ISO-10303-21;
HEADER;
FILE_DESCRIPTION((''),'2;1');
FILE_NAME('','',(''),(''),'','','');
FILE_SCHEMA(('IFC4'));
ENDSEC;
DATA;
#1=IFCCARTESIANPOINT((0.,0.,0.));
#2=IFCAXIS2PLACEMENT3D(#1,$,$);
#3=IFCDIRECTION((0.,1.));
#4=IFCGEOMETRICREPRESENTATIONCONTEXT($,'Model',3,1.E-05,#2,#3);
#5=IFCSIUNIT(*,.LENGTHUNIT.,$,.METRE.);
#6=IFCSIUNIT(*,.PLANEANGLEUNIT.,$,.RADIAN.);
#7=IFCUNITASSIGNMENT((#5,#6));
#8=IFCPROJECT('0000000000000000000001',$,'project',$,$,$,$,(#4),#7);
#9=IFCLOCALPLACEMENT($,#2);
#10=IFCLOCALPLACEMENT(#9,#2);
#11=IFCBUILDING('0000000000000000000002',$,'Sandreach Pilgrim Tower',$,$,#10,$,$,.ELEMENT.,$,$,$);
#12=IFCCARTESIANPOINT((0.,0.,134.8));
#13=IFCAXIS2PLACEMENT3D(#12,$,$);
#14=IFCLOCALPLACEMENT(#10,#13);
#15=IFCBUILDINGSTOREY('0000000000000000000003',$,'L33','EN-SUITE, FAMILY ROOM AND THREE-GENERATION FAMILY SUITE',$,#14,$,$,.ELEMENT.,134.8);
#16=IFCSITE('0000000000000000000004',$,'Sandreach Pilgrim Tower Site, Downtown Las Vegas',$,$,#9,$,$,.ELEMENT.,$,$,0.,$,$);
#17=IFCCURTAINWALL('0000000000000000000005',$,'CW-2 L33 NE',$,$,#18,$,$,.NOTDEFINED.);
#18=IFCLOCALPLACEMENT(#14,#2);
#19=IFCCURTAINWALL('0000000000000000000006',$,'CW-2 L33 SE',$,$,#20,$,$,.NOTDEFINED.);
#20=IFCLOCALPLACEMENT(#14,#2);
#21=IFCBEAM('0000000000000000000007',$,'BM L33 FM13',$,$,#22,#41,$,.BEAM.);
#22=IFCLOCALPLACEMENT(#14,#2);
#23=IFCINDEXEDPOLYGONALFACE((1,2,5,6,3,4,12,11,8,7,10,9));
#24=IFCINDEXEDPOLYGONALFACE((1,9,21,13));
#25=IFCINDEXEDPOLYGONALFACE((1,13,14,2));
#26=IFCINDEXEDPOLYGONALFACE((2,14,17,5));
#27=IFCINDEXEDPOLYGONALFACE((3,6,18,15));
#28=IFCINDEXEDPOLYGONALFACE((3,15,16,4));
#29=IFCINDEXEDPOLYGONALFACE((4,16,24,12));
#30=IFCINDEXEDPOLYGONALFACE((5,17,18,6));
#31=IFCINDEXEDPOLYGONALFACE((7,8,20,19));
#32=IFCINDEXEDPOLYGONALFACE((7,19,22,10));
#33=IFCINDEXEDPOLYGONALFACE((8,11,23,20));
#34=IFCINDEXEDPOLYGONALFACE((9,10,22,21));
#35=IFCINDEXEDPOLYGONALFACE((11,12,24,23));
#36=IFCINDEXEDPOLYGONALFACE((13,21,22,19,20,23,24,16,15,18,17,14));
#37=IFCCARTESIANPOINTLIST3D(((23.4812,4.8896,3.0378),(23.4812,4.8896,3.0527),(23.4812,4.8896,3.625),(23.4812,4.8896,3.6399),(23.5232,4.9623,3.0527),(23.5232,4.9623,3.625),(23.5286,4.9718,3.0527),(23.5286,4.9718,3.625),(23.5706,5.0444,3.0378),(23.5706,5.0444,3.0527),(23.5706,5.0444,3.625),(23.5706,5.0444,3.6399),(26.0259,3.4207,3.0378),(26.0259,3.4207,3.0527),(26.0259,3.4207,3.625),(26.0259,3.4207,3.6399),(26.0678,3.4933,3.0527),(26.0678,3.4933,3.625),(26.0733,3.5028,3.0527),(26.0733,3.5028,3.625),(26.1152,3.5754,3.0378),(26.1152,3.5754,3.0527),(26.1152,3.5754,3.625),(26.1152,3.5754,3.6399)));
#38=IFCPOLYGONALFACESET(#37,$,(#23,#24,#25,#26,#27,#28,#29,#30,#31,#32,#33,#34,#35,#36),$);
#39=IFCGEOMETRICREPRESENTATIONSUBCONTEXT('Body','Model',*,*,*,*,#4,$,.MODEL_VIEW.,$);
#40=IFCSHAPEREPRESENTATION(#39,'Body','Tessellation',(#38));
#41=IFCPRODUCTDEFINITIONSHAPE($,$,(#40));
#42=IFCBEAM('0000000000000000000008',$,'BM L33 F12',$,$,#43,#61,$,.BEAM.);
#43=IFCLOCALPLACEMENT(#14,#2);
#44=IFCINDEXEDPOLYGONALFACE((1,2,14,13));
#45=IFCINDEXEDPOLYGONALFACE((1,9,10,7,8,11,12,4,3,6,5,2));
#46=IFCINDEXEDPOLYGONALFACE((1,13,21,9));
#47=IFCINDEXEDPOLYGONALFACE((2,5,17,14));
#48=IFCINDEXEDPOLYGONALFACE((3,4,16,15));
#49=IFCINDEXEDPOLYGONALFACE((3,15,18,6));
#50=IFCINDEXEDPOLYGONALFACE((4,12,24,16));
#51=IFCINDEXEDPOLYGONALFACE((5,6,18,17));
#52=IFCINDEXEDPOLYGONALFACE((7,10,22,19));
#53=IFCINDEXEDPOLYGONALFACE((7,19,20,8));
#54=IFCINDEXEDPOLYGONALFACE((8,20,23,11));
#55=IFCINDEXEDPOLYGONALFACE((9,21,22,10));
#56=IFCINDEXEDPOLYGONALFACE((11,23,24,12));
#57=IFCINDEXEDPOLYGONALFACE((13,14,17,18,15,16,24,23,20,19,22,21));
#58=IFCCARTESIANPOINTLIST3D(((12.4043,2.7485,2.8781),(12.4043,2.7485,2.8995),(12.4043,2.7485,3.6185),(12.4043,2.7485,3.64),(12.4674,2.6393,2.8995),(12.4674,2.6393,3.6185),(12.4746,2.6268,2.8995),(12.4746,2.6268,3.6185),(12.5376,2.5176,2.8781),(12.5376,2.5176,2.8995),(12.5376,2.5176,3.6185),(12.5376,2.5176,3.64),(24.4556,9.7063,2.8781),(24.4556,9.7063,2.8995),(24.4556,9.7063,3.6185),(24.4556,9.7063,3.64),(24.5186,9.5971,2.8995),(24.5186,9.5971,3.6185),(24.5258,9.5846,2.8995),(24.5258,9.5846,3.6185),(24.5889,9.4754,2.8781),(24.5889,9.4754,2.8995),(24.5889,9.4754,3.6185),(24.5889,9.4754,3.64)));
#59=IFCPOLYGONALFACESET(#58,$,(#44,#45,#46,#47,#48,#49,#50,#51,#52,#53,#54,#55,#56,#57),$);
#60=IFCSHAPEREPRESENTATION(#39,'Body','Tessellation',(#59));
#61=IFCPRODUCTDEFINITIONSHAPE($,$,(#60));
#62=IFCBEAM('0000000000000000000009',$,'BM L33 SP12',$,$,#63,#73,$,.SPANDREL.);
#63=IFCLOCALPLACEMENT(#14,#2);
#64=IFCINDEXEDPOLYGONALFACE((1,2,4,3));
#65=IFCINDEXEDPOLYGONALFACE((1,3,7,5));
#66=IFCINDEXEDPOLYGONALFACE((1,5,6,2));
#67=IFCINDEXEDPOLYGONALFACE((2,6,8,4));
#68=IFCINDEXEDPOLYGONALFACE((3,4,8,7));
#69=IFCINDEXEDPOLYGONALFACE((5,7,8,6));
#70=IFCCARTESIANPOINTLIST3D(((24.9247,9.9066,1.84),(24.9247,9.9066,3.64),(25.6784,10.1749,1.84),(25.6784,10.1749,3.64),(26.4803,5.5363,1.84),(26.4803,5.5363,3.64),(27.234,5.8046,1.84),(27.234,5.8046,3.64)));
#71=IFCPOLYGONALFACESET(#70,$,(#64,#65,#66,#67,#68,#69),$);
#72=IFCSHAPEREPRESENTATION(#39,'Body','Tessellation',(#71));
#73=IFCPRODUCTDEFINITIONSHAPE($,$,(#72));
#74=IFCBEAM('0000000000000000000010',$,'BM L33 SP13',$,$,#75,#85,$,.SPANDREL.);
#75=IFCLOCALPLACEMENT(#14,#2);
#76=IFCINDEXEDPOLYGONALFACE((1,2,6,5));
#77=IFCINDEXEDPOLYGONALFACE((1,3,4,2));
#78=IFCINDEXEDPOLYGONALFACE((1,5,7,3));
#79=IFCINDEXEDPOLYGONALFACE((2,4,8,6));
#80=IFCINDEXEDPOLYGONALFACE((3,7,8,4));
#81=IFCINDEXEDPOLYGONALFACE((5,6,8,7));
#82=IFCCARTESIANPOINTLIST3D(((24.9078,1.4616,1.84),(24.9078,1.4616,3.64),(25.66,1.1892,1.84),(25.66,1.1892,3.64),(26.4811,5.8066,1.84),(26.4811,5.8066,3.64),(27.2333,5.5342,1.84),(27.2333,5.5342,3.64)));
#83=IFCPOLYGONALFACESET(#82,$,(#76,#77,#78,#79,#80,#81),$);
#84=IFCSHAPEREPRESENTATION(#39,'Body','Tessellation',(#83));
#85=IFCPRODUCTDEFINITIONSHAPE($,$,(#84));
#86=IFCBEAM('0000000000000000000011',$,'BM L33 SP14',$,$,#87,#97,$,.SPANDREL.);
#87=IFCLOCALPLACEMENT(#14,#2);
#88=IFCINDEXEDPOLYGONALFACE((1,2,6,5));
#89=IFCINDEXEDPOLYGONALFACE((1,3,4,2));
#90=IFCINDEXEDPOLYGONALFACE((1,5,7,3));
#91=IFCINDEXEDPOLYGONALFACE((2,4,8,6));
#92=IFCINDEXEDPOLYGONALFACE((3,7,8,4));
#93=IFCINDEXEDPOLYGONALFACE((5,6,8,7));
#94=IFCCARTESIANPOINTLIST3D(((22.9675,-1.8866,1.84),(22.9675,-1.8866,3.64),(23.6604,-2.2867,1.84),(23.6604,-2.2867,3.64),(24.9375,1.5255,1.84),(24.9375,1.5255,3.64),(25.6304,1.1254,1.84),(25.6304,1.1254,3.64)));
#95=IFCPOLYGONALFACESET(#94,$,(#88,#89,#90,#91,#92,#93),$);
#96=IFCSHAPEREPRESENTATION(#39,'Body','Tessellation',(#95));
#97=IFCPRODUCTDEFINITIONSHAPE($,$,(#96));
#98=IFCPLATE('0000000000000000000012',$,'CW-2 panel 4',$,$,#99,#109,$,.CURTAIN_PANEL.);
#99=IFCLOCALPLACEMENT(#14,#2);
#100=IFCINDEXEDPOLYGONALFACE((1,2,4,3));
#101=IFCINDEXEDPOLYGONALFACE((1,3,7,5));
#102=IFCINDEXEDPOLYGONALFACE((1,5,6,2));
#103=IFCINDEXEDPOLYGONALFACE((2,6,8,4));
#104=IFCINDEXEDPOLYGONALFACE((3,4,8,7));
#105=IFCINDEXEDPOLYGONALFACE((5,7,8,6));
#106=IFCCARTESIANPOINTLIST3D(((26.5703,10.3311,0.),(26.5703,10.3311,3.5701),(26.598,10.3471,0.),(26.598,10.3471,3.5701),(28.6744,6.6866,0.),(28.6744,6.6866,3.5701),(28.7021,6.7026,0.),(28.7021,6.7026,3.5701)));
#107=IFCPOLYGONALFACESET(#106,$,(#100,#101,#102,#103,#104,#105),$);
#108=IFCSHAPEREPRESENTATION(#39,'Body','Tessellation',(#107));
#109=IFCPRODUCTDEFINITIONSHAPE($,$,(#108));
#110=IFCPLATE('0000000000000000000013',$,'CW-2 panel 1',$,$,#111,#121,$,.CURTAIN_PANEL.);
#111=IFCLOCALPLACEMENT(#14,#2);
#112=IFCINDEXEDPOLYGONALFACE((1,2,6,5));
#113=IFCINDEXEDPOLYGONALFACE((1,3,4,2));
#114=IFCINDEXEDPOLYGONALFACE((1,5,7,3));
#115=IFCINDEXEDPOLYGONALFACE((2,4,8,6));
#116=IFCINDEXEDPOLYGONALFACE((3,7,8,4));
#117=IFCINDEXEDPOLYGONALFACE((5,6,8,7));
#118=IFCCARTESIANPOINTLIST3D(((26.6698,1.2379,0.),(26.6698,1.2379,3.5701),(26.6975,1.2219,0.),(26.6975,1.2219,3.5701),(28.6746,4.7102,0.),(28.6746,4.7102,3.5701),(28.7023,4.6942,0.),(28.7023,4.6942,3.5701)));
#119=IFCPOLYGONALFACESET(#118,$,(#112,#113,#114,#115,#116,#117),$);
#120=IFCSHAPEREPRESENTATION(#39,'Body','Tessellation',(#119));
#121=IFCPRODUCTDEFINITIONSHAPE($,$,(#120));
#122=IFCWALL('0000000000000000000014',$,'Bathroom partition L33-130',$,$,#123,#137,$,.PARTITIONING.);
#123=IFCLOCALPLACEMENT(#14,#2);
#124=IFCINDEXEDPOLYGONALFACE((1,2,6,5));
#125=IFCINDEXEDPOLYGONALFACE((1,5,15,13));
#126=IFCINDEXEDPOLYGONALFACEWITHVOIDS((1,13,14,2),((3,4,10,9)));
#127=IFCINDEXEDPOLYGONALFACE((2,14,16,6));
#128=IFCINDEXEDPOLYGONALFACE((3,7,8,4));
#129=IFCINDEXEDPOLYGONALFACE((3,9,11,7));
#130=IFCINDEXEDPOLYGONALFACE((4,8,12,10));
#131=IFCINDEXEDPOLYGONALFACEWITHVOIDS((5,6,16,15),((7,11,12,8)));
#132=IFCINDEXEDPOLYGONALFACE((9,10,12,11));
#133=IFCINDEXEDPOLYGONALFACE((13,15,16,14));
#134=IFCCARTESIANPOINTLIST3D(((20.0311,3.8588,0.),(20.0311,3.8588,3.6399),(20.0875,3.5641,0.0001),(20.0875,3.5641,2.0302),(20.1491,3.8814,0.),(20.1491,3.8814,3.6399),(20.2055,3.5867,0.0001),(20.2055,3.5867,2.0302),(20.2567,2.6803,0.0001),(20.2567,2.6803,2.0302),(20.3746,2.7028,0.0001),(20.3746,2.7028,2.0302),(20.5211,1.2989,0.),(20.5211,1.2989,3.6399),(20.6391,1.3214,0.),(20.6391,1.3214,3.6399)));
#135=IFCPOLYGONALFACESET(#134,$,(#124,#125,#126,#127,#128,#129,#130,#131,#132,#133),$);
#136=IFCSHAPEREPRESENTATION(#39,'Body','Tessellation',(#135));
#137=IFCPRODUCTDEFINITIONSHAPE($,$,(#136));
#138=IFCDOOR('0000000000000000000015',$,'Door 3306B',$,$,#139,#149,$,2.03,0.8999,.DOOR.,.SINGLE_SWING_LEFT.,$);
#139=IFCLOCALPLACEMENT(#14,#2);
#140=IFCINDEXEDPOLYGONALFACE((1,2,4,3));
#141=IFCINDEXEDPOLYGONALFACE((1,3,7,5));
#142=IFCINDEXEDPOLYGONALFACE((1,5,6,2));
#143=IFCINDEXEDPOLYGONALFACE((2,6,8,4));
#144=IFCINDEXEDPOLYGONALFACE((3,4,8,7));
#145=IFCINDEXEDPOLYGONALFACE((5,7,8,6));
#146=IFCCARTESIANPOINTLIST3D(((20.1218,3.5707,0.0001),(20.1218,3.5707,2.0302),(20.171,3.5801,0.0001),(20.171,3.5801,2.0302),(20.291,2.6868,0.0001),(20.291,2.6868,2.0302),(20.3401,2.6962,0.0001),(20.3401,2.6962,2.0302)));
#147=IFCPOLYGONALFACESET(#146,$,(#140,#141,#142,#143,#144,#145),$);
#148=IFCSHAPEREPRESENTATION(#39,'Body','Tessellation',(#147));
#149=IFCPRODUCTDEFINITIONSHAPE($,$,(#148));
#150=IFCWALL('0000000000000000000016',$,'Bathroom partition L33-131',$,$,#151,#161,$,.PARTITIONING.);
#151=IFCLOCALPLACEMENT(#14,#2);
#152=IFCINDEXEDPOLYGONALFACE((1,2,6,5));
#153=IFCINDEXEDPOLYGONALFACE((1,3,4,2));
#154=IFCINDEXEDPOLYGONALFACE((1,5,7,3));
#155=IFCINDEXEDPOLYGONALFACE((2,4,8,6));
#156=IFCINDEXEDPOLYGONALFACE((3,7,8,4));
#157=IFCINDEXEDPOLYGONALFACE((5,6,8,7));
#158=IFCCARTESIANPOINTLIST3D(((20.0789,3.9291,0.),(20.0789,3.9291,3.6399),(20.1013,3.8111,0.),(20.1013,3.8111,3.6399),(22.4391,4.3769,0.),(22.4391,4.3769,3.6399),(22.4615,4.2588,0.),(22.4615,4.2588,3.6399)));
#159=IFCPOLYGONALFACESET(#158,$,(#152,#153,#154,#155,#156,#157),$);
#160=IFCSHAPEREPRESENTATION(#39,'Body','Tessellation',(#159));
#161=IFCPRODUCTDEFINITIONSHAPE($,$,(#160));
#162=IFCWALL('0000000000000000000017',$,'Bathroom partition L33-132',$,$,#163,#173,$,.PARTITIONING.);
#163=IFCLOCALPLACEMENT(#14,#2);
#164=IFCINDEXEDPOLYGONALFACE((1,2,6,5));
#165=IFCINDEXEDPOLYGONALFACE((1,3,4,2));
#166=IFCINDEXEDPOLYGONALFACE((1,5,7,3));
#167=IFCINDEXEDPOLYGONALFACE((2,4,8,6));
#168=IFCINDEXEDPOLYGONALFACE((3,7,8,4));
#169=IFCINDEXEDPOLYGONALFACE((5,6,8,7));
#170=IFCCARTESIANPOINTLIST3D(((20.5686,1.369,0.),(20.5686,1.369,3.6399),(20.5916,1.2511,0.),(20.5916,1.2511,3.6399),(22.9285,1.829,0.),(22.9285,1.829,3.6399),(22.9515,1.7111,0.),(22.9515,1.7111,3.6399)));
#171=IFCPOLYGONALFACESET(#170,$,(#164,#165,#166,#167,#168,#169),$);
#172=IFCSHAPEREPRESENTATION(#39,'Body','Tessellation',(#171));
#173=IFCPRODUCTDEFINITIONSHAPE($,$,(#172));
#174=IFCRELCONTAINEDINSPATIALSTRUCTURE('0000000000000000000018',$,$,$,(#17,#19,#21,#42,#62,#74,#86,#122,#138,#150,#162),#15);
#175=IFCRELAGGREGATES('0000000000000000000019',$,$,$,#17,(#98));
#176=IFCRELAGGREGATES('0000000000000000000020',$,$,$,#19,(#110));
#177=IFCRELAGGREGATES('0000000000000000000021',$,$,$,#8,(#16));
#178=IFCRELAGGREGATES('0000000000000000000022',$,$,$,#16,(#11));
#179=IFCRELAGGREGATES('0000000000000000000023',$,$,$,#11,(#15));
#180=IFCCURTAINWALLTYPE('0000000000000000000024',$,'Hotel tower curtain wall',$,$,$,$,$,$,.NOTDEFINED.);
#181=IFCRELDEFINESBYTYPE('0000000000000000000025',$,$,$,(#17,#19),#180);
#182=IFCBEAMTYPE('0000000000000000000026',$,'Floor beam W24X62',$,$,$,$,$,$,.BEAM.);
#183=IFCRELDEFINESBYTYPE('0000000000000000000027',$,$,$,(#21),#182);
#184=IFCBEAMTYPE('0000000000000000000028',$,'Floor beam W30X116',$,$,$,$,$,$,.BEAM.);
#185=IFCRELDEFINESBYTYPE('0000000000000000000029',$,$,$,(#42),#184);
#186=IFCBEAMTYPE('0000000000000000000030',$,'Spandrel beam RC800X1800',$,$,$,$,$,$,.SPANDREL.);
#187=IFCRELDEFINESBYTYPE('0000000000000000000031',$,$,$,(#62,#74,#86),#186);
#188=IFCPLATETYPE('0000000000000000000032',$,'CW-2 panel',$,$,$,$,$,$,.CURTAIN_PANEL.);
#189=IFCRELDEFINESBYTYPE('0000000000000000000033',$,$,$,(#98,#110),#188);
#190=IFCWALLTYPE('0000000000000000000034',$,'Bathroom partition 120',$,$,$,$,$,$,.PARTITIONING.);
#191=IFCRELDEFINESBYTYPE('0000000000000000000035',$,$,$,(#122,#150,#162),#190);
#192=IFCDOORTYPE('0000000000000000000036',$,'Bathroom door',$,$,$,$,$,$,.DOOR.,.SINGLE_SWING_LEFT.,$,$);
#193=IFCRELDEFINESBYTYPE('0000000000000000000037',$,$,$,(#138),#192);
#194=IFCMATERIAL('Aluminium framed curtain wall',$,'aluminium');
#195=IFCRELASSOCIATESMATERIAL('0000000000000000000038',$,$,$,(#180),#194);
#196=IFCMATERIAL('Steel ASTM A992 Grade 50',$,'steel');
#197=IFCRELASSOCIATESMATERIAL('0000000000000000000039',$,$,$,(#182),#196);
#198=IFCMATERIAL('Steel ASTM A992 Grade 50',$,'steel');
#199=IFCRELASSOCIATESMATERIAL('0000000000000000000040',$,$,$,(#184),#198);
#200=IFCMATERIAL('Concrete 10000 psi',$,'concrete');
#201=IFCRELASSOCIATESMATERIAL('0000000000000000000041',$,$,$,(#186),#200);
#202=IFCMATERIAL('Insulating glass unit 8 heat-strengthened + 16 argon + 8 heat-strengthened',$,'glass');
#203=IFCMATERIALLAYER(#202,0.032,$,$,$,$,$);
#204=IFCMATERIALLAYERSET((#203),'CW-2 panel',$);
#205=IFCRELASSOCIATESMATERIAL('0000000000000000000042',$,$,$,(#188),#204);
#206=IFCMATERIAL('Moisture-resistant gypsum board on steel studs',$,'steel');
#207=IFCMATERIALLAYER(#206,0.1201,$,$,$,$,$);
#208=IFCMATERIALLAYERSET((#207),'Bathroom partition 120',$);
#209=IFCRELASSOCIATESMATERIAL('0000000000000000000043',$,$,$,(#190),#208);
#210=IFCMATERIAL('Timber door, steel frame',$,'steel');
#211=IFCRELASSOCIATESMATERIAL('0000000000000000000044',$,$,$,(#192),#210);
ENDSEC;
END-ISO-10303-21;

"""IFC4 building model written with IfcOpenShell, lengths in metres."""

from ifc_helpers import new_model, si_unit, direction, frame, frame_2d, origin, origin_2d, place, context, subcontext, project, spatial, rectangle, i_section, extrude, material, layer, layer_set, material_profile, profile_set, type_object, element, fill, aggregate, save


model = new_model("IFC4")

# Units and contexts
model_context = context("Model", 3, precision=1e-05, world=origin(), true_north=direction((0.0, 1.0)))
body_context = subcontext(model_context, "Body", "Model", "MODEL_VIEW")
ifc_project = project(units=[si_unit("LENGTHUNIT", "METRE"), si_unit("PLANEANGLEUNIT", "RADIAN")], contexts=[model_context])

# Site, building, storey
site_placement = place(None, origin())
site = spatial("IfcSite", under=ifc_project, at=site_placement, Name="Sandreach Pilgrim Tower Site, Downtown Las Vegas", CompositionType="ELEMENT", RefElevation=0.0)
building_placement = place(site_placement, origin())
building = spatial("IfcBuilding", under=site, at=building_placement, Name="Sandreach Pilgrim Tower", CompositionType="ELEMENT")
storey_placement = place(building_placement, frame((0.0, 0.0, 134.8)))
storey = spatial("IfcBuildingStorey", under=building, at=storey_placement, Name="L33", Description="EN-SUITE, FAMILY ROOM AND THREE-GENERATION FAMILY SUITE", CompositionType="ELEMENT", Elevation=134.8)

# Curtain wall
ifc_material_1 = material(Name="Aluminium framed curtain wall", Category="aluminium")
curtain_wall_type = type_object("IfcCurtainWallType", Name="Hotel tower curtain wall", PredefinedType="NOTDEFINED", material=ifc_material_1)
curtain_wall_1_placement = place(storey_placement, origin())
curtain_wall_1 = element("IfcCurtainWall", 1, at=curtain_wall_1_placement, inside=storey, type_object=curtain_wall_type, Name="CW-2 L33 NE", PredefinedType="NOTDEFINED")

# Curtain wall
curtain_wall_2_placement = place(storey_placement, origin())
curtain_wall_2 = element("IfcCurtainWall", 2, at=curtain_wall_2_placement, inside=storey, type_object=curtain_wall_type, Name="CW-2 L33 SE", PredefinedType="NOTDEFINED")

# Beams
ifc_material_2 = material(Name="Steel ASTM A992 Grade 50", Category="steel")
ifc_material_profile_1 = material_profile(ifc_material_2, i_section(OverallWidth=0.1787, OverallDepth=0.6021, WebThickness=0.011, FlangeThickness=0.0149, at=origin_2d()), Name="W24X62")
ifc_profile_set_1 = profile_set([ifc_material_profile_1], Name="Steel ASTM A992 Grade 50")
beam_type_1 = type_object("IfcBeamType", Name="Floor beam W24X62", PredefinedType="BEAM", material=ifc_profile_set_1)
beam_1_placement = place(storey_placement, frame((26.0706, 3.498, 3.3389), z_axis=(-0.866051, 0.499955, 0.0), x_axis=(-0.499955, -0.866051, 0.0)))
element("IfcBeam", 3, at=beam_1_placement, inside=storey, type_object=beam_type_1, Name="BM L33 FM13", PredefinedType="BEAM", context=body_context, shape_type="SweptSolid", body=[
    extrude(i_section(OverallWidth=0.1787, OverallDepth=0.6021, WebThickness=0.011, FlangeThickness=0.0149, at=origin_2d()), origin(), (0.0, 0.0, 1.0), 2.9382),
])
ifc_material_3 = material(Name="Steel ASTM A992 Grade 50", Category="steel")
ifc_material_profile_2 = material_profile(ifc_material_3, i_section(OverallWidth=0.2666, OverallDepth=0.762, WebThickness=0.0144, FlangeThickness=0.0215, at=origin_2d()), Name="W30X116")
ifc_profile_set_2 = profile_set([ifc_material_profile_2], Name="Steel ASTM A992 Grade 50")
beam_type_2 = type_object("IfcBeamType", Name="Floor beam W30X116", PredefinedType="BEAM", material=ifc_profile_set_2)
beam_2_placement = place(storey_placement, frame((24.5222, 9.5908, 3.259), z_axis=(-0.866027, -0.499998, 0.0), x_axis=(0.499998, -0.866027, 0.0)))
element("IfcBeam", 4, at=beam_2_placement, inside=storey, type_object=beam_type_2, Name="BM L33 F12", PredefinedType="BEAM", context=body_context, shape_type="SweptSolid", body=[
    extrude(i_section(OverallWidth=0.2666, OverallDepth=0.762, WebThickness=0.0144, FlangeThickness=0.0215, at=origin_2d()), origin(), (0.0, 0.0, 1.0), 13.9155),
])
ifc_material_4 = material(Name="Concrete 10000 psi", Category="concrete")
ifc_material_profile_3 = material_profile(ifc_material_4, rectangle(XDim=0.8, YDim=1.8, at=origin_2d()), Name="RC800X1800")
ifc_profile_set_3 = profile_set([ifc_material_profile_3], Name="Concrete 10000 psi")
beam_type_3 = type_object("IfcBeamType", Name="Spandrel beam RC800X1800", PredefinedType="SPANDREL", material=ifc_profile_set_3)
beam_3_placement = place(storey_placement, frame((25.3015, 10.0408, 2.74), z_axis=(0.335346, -0.942095, 0.0), x_axis=(0.942095, 0.335346, 0.0)))
element("IfcBeam", 5, at=beam_3_placement, inside=storey, type_object=beam_type_3, Name="BM L33 SP12", PredefinedType="SPANDREL", context=body_context, shape_type="SweptSolid", body=[
    extrude(rectangle(XDim=0.8, YDim=1.8, at=origin_2d()), origin(), (0.0, 0.0, 1.0), 4.6389),
])
beam_4_placement = place(storey_placement, frame((26.8572, 5.6704, 2.74), z_axis=(-0.340453, -0.940261, 0.0), x_axis=(0.940261, -0.340453, 0.0)))
element("IfcBeam", 6, at=beam_4_placement, inside=storey, type_object=beam_type_3, Name="BM L33 SP13", PredefinedType="SPANDREL", context=body_context, shape_type="SweptSolid", body=[
    extrude(rectangle(XDim=0.8, YDim=1.8, at=origin_2d()), origin(), (0.0, 0.0, 1.0), 4.6211),
])
beam_5_placement = place(storey_placement, frame((25.2839, 1.3254, 2.74), z_axis=(-0.499998, -0.866027, 0.0), x_axis=(0.866027, -0.499998, 0.0)))
element("IfcBeam", 7, at=beam_5_placement, inside=storey, type_object=beam_type_3, Name="BM L33 SP14", PredefinedType="SPANDREL", context=body_context, shape_type="SweptSolid", body=[
    extrude(rectangle(XDim=0.8, YDim=1.8, at=origin_2d()), origin(), (0.0, 0.0, 1.0), 3.9399),
])

# Plates
ifc_material_5 = material(Name="Insulating glass unit 8 heat-strengthened + 16 argon + 8 heat-strengthened", Category="glass")
ifc_layer_1 = layer(ifc_material_5, 0.032)
ifc_layer_set_1 = layer_set([ifc_layer_1], Name="CW-2 panel")
plate_type = type_object("IfcPlateType", Name="CW-2 panel", PredefinedType="CURTAIN_PANEL", material=ifc_layer_set_1)
plate_1_placement = place(storey_placement, frame((27.6362, 8.5168, 0.0), z_axis=(0.0, 0.0, 1.0), x_axis=(0.5, -0.866025, 0.0)))
plate_1 = element("IfcPlate", 8, at=plate_1_placement, type_object=plate_type, Name="CW-2 panel 4", PredefinedType="CURTAIN_PANEL", context=body_context, shape_type="SweptSolid", body=[
    extrude(rectangle(XDim=4.2083, YDim=0.032, at=origin_2d()), origin(), (0.0, 0.0, 1.0), 3.5701),
])
aggregate(curtain_wall_1, [plate_1])
plate_2_placement = place(storey_placement, frame((27.686, 2.9661, 0.0), z_axis=(0.0, 0.0, 1.0), x_axis=(-0.5, -0.866025, 0.0)))
plate_2 = element("IfcPlate", 9, at=plate_2_placement, type_object=plate_type, Name="CW-2 panel 1", PredefinedType="CURTAIN_PANEL", context=body_context, shape_type="SweptSolid", body=[
    extrude(rectangle(XDim=4.0095, YDim=0.032, at=origin_2d()), origin(), (0.0, 0.0, 1.0), 3.5701),
])
aggregate(curtain_wall_2, [plate_2])

# Wall, opening, door
ifc_material_6 = material(Name="Moisture-resistant gypsum board on steel studs", Category="steel")
ifc_layer_2 = layer(ifc_material_6, 0.1201)
ifc_layer_set_2 = layer_set([ifc_layer_2], Name="Bathroom partition 120")
wall_type_1 = type_object("IfcWallType", Name="Bathroom partition 120", PredefinedType="PARTITIONING", material=ifc_layer_set_2)
wall_1_placement = place(storey_placement, frame((20.0901, 3.8701, 0.0), z_axis=(0.0, 0.0, 1.0), x_axis=(0.187986, -0.982172, 0.0)))
wall_1 = element("IfcWall", 10, at=wall_1_placement, inside=storey, type_object=wall_type_1, Name="Bathroom partition L33-130", PredefinedType="PARTITIONING", context=body_context, shape_type="SweptSolid", body=[
    extrude(rectangle(XDim=2.6064, YDim=0.1201, at=frame_2d((1.3032, 0.0))), origin(), (0.0, 0.0, 1.0), 3.6399),
])
opening_1_placement = place(wall_1_placement, frame((0.3, 0.0, 0.0)))
opening_1 = element("IfcOpeningElement", 11, at=opening_1_placement, cuts=wall_1, PredefinedType="OPENING", context=body_context, shape_type="SweptSolid", body=[
    extrude(rectangle(XDim=0.8999, YDim=2.03, at=frame_2d((0.45, 1.0151))), frame((0.0, 0.0601, 0.0), z_axis=(0.0, -1.0, 0.0), x_axis=(1.0, 0.0, 0.0)), (0.0, 0.0, 1.0), 0.1201),
])
ifc_material_7 = material(Name="Timber door, steel frame", Category="steel")
door_type_1 = type_object("IfcDoorType", Name="Bathroom door", OperationType="SINGLE_SWING_LEFT", PredefinedType="DOOR", material=ifc_material_7)
door_1_placement = place(opening_1_placement, origin())
door_1 = element("IfcDoor", 12, at=door_1_placement, inside=storey, type_object=door_type_1, Name="Door 3306B", OperationType="SINGLE_SWING_LEFT", OverallHeight=2.03, OverallWidth=0.8999, PredefinedType="DOOR", context=body_context, shape_type="SweptSolid", body=[
    extrude(rectangle(XDim=0.8999, YDim=2.03, at=frame_2d((0.45, 1.0151))), frame((0.0, 0.0249, 0.0), z_axis=(0.0, -1.0, 0.0), x_axis=(1.0, 0.0, 0.0)), (0.0, 0.0, 1.0), 0.05),
])
fill(opening_1, door_1)

# Walls
wall_2_placement = place(storey_placement, frame((20.0901, 3.8701, 0.0), z_axis=(0.0, 0.0, 1.0), x_axis=(0.982479, 0.186374, 0.0)))
element("IfcWall", 13, at=wall_2_placement, inside=storey, type_object=wall_type_1, Name="Bathroom partition L33-131", PredefinedType="PARTITIONING", context=body_context, shape_type="SweptSolid", body=[
    extrude(rectangle(XDim=2.4023, YDim=0.1201, at=frame_2d((1.2012, 0.0))), origin(), (0.0, 0.0, 1.0), 3.6399),
])
wall_3_placement = place(storey_placement, frame((20.5801, 1.3101, 0.0), z_axis=(0.0, 0.0, 1.0), x_axis=(0.98153, 0.19131, 0.0)))
element("IfcWall", 14, at=wall_3_placement, inside=storey, type_object=wall_type_1, Name="Bathroom partition L33-132", PredefinedType="PARTITIONING", context=body_context, shape_type="SweptSolid", body=[
    extrude(rectangle(XDim=2.4043, YDim=0.1201, at=frame_2d((1.2021, 0.0))), origin(), (0.0, 0.0, 1.0), 3.6399),
])

save(model, "model.ifc")
